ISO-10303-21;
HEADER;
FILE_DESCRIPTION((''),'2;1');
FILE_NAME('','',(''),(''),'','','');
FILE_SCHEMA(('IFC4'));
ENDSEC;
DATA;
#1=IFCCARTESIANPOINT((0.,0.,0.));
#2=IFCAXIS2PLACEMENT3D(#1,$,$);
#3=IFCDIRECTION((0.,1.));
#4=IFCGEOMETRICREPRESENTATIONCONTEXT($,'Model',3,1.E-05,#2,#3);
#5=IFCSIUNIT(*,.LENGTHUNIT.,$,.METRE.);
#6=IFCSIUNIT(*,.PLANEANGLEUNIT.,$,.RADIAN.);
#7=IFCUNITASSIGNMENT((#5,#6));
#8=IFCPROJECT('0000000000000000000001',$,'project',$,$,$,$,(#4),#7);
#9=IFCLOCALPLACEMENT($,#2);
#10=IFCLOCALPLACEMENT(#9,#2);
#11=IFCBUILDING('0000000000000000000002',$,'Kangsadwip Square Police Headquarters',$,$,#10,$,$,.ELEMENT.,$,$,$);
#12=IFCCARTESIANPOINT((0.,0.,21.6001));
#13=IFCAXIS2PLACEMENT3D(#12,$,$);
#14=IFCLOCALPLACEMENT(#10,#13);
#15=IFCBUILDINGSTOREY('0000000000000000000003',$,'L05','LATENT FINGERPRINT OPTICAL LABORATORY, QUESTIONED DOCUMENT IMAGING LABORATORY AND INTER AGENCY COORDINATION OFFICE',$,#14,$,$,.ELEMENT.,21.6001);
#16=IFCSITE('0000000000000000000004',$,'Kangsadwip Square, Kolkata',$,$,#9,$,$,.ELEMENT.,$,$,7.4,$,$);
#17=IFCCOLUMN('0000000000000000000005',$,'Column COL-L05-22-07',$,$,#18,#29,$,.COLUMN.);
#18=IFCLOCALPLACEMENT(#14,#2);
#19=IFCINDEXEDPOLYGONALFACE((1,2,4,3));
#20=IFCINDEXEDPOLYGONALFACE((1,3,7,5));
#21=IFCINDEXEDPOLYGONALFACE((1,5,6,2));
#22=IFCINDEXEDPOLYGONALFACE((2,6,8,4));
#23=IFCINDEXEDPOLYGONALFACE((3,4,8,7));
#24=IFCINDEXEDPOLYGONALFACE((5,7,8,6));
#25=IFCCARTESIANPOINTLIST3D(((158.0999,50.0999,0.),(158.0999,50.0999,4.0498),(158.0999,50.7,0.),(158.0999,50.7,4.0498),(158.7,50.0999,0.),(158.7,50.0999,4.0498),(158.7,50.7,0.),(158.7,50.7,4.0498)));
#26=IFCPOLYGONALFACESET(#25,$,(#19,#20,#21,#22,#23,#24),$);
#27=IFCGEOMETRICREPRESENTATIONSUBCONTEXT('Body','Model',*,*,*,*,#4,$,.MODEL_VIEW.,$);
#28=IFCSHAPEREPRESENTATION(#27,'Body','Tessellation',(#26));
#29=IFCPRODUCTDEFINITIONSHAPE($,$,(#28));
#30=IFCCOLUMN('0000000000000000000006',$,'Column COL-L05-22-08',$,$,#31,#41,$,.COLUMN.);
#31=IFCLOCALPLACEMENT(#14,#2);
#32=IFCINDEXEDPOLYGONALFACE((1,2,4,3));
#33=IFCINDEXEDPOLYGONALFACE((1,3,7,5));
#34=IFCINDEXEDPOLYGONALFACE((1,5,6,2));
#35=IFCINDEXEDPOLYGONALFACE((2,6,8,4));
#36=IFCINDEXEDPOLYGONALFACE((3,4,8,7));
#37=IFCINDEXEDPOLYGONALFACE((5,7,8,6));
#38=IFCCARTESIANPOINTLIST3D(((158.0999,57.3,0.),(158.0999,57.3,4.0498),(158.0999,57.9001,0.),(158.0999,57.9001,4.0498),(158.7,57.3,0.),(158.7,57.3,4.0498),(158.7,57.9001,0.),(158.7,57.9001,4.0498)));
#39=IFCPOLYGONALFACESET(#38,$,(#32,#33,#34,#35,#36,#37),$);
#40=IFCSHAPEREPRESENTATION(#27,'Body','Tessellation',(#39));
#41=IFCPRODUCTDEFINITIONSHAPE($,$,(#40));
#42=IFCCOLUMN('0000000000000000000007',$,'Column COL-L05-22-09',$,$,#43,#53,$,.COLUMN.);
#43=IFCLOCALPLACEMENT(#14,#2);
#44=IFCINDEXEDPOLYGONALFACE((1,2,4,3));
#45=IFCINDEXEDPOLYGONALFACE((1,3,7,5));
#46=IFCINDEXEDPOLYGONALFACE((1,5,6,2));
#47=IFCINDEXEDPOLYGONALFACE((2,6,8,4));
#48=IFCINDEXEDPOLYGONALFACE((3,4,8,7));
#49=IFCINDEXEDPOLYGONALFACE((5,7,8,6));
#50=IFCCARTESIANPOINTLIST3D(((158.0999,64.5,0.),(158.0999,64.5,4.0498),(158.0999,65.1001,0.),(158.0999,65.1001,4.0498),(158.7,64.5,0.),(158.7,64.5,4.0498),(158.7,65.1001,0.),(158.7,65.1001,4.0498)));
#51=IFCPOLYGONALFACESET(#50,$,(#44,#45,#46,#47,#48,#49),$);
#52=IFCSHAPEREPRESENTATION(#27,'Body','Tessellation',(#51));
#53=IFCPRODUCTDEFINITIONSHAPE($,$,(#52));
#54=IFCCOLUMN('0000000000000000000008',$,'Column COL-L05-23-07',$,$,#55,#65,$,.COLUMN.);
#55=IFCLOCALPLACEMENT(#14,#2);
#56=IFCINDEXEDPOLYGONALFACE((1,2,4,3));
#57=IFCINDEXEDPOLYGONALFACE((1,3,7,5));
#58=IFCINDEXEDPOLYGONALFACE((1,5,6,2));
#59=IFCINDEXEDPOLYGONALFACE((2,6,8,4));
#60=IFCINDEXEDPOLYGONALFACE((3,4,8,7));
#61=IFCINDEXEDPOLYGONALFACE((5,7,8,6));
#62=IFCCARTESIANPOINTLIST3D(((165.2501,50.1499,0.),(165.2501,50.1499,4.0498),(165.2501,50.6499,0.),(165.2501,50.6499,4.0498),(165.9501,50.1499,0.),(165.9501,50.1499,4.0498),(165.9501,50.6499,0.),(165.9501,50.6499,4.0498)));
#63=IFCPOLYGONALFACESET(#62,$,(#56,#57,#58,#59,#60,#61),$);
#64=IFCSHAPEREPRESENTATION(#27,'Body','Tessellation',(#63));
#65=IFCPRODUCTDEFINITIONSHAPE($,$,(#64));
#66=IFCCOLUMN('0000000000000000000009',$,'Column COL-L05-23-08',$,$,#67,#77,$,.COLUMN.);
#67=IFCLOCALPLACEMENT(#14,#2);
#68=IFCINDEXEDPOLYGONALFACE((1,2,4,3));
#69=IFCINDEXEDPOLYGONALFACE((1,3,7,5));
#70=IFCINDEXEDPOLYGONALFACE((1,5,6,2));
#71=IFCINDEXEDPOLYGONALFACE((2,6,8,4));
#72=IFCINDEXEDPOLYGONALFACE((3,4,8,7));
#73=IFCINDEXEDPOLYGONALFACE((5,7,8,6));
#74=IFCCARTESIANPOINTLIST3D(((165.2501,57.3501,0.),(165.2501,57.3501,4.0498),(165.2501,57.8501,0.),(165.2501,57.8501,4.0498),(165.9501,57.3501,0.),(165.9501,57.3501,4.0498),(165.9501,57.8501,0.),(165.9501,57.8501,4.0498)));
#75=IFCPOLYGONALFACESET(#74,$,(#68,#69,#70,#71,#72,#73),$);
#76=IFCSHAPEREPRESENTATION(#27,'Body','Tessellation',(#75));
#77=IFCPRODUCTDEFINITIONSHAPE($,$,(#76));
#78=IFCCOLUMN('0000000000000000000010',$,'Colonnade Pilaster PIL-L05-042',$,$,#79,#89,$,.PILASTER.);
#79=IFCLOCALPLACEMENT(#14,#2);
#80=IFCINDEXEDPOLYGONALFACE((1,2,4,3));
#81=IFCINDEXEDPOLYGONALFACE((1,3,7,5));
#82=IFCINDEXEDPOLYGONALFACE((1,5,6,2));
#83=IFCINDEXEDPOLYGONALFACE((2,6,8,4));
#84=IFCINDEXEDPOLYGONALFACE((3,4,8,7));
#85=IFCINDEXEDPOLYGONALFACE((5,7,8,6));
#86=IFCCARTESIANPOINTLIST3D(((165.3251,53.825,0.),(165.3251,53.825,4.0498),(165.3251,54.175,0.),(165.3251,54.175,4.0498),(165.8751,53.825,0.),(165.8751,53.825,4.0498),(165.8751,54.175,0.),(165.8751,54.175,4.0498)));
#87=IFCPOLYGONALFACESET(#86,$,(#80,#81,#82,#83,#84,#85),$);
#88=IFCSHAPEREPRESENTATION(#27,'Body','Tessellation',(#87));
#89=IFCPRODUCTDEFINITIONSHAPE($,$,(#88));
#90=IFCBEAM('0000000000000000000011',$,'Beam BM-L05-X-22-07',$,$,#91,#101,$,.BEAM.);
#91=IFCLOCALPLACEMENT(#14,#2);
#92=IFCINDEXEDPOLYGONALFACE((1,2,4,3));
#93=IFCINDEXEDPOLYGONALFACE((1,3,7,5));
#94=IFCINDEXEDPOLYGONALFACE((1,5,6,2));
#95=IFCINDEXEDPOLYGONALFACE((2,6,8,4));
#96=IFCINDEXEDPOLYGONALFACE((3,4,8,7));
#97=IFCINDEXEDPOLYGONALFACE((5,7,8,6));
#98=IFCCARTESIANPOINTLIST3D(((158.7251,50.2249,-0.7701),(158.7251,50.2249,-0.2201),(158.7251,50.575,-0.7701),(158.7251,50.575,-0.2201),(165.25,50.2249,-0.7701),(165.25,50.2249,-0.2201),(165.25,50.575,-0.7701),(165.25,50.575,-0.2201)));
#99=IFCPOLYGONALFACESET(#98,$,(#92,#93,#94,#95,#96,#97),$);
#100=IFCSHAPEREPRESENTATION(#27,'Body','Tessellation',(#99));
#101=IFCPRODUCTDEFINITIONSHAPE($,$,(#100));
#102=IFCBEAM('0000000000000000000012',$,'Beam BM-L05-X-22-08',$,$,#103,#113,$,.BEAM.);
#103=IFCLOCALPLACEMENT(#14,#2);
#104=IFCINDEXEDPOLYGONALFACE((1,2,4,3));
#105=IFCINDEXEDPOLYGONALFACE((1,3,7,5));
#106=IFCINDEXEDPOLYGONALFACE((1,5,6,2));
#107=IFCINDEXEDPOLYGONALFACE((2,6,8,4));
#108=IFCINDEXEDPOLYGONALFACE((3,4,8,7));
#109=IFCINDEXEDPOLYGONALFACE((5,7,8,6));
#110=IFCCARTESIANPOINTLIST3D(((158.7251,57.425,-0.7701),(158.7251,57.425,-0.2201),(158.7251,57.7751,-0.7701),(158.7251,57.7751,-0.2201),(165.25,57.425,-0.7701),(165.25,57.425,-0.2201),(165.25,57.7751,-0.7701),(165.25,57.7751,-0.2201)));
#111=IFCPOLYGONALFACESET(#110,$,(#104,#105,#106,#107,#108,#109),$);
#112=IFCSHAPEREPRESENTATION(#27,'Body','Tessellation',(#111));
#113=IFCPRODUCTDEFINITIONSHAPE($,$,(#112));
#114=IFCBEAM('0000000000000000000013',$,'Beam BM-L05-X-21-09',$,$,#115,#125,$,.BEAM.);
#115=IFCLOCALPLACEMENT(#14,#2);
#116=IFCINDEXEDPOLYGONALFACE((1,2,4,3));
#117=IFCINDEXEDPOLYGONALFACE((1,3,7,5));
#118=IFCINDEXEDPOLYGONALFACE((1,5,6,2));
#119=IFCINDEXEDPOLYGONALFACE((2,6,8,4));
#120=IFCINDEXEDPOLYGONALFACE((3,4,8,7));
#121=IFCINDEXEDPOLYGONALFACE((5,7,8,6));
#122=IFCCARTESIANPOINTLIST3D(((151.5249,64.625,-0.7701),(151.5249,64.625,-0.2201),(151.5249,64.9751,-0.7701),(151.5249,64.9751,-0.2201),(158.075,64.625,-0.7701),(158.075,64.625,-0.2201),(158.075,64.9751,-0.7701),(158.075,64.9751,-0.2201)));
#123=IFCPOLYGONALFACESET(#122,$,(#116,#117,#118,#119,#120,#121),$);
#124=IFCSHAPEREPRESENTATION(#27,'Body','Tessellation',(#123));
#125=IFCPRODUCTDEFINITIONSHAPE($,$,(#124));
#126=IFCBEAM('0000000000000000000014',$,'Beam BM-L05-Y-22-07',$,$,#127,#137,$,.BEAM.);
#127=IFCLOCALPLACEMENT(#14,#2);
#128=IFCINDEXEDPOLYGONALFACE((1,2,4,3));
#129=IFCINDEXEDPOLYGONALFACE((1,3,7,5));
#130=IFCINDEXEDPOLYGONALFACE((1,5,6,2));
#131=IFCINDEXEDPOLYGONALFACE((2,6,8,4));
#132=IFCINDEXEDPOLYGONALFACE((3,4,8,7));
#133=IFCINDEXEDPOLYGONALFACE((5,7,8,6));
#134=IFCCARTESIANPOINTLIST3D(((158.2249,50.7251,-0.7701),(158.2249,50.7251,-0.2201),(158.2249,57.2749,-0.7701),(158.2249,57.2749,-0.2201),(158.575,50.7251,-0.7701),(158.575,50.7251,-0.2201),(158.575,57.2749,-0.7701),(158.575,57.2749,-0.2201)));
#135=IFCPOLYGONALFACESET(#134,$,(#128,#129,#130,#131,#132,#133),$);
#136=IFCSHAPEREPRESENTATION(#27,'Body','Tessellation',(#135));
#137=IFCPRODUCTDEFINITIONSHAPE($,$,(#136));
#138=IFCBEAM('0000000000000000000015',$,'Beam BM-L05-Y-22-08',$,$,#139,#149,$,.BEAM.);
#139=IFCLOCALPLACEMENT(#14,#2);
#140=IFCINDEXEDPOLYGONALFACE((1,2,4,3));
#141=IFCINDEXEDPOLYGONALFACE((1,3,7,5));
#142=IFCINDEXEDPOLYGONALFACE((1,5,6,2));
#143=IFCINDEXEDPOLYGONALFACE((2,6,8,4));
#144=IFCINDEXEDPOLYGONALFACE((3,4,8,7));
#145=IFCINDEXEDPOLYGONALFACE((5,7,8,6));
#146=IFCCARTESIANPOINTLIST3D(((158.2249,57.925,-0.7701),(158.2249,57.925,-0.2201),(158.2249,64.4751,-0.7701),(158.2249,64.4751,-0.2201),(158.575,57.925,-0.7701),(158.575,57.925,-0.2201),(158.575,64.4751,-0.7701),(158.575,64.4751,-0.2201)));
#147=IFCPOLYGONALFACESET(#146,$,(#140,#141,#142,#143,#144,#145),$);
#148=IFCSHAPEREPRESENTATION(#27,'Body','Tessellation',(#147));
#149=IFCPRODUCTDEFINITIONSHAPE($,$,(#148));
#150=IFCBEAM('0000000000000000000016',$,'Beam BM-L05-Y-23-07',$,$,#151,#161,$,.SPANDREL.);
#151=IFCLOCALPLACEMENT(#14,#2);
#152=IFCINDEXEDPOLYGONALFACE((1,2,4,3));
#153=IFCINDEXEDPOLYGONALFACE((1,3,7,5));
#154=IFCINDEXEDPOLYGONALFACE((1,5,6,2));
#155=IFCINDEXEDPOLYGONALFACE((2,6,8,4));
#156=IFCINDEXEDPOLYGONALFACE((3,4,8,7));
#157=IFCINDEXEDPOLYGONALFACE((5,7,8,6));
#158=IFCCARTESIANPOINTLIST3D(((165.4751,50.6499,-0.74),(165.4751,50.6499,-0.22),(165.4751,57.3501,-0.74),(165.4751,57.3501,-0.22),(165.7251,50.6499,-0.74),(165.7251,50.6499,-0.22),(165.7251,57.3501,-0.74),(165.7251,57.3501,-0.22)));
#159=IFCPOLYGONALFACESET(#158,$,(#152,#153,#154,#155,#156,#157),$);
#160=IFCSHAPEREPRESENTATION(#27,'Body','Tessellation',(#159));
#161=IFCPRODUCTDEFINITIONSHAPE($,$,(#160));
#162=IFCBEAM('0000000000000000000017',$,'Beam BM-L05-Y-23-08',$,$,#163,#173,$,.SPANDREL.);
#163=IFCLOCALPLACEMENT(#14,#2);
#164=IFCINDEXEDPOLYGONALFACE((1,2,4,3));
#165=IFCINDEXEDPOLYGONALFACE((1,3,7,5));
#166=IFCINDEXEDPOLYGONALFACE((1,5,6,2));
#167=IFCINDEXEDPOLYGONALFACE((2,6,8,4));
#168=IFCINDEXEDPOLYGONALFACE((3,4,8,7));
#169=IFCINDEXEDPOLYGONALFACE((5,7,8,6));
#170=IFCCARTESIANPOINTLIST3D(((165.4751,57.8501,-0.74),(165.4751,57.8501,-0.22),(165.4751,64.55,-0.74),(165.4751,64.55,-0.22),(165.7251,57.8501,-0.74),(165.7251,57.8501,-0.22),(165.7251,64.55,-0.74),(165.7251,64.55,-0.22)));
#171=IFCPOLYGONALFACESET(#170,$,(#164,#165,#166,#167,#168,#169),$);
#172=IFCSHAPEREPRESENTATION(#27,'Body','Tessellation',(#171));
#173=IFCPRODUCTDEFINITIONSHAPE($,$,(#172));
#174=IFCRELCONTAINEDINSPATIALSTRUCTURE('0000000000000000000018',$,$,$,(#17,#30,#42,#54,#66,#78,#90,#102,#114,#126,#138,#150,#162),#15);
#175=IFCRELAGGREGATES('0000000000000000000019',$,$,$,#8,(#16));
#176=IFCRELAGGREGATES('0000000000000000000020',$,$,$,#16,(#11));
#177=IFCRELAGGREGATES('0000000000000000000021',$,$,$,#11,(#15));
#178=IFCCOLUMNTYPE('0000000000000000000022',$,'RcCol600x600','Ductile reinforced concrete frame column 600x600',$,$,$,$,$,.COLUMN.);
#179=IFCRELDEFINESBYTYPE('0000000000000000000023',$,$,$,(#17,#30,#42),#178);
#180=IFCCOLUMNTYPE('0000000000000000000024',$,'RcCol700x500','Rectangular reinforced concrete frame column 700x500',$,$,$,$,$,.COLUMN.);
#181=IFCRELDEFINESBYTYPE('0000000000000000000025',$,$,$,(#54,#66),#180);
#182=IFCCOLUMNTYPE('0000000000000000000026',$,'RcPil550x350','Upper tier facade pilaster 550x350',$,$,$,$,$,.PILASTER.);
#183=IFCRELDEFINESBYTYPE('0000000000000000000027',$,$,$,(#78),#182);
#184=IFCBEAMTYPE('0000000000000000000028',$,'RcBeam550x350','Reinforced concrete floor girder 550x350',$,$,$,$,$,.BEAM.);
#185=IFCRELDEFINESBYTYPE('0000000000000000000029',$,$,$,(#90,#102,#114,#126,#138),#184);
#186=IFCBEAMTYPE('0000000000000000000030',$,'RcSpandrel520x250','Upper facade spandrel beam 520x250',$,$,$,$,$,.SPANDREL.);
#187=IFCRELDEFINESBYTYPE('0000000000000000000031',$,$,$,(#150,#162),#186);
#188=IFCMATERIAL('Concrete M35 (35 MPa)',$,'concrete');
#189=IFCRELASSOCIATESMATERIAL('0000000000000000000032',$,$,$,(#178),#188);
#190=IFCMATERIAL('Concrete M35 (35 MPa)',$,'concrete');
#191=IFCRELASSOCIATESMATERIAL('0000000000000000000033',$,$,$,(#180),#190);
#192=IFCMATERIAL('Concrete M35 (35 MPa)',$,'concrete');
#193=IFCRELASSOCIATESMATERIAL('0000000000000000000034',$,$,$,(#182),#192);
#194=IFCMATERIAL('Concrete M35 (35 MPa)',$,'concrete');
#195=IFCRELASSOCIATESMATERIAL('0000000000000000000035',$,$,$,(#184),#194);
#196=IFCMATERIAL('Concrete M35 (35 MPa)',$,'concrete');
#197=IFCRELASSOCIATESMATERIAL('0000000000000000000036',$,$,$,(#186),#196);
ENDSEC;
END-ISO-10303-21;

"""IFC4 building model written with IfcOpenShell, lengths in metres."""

from ifc_helpers import new_model, si_unit, direction, frame, origin, origin_2d, place, context, subcontext, project, spatial, rectangle, extrude, material, material_profile, profile_set, type_object, element, save


model = new_model("IFC4")

# Units and contexts
model_context = context("Model", 3, precision=1e-05, world=origin(), true_north=direction((0.0, 1.0)))
body_context = subcontext(model_context, "Body", "Model", "MODEL_VIEW")
ifc_project = project(units=[si_unit("LENGTHUNIT", "METRE"), si_unit("PLANEANGLEUNIT", "RADIAN")], contexts=[model_context])

# Site, building, storey
site_placement = place(None, origin())
site = spatial("IfcSite", under=ifc_project, at=site_placement, Name="Kangsadwip Square, Kolkata", CompositionType="ELEMENT", RefElevation=7.4)
building_placement = place(site_placement, origin())
building = spatial("IfcBuilding", under=site, at=building_placement, Name="Kangsadwip Square Police Headquarters", CompositionType="ELEMENT")
storey_placement = place(building_placement, frame((0.0, 0.0, 21.6001)))
storey = spatial("IfcBuildingStorey", under=building, at=storey_placement, Name="L05", Description="LATENT FINGERPRINT OPTICAL LABORATORY, QUESTIONED DOCUMENT IMAGING LABORATORY AND INTER AGENCY COORDINATION OFFICE", CompositionType="ELEMENT", Elevation=21.6001)

# Columns
ifc_material_1 = material(Name="Concrete M35 (35 MPa)", Category="concrete")
ifc_material_profile_1 = material_profile(ifc_material_1, rectangle(XDim=0.6001, YDim=0.6001, at=origin_2d()), Name="RC COL 600X600")
ifc_profile_set_1 = profile_set([ifc_material_profile_1], Name="Concrete M35 (35 MPa)")
column_type_1 = type_object("IfcColumnType", Name="RcCol600x600", Description="Ductile reinforced concrete frame column 600x600", PredefinedType="COLUMN", material=ifc_profile_set_1)
for number, where, z_axis, x_axis, name in (
    (1, (158.3999, 50.3999, 0.0), (0.0, 0.0, 1.0), (1.0, 0.0, 0.0), "Column COL-L05-22-07"),
    (2, (158.3999, 57.6001, 0.0), (0.0, 0.0, 1.0), (1.0, 0.0, 0.0), "Column COL-L05-22-08"),
    (3, (158.3999, 64.8, 0.0), (0.0, 0.0, 1.0), (1.0, 0.0, 0.0), "Column COL-L05-22-09"),
):
    element("IfcColumn", number, at=place(storey_placement, frame(where, z_axis=z_axis, x_axis=x_axis)), inside=storey, type_object=column_type_1, Name=name, PredefinedType="COLUMN", context=body_context, shape_type="SweptSolid", body=[
        extrude(rectangle(XDim=0.6001, YDim=0.6001, at=origin_2d()), origin(), (0.0, 0.0, 1.0), 4.0498),
    ])
ifc_material_2 = material(Name="Concrete M35 (35 MPa)", Category="concrete")
ifc_material_profile_2 = material_profile(ifc_material_2, rectangle(XDim=0.5, YDim=0.7, at=origin_2d()), Name="RC COL 700X500")
ifc_profile_set_2 = profile_set([ifc_material_profile_2], Name="Concrete M35 (35 MPa)")
column_type_2 = type_object("IfcColumnType", Name="RcCol700x500", Description="Rectangular reinforced concrete frame column 700x500", PredefinedType="COLUMN", material=ifc_profile_set_2)
for number, where, z_axis, x_axis, name in (
    (4, (165.6001, 50.3999, 0.0), (0.0, 0.0, 1.0), (0.0, 1.0, 0.0), "Column COL-L05-23-07"),
    (5, (165.6001, 57.6001, 0.0), (0.0, 0.0, 1.0), (0.0, 1.0, 0.0), "Column COL-L05-23-08"),
):
    element("IfcColumn", number, at=place(storey_placement, frame(where, z_axis=z_axis, x_axis=x_axis)), inside=storey, type_object=column_type_2, Name=name, PredefinedType="COLUMN", context=body_context, shape_type="SweptSolid", body=[
        extrude(rectangle(XDim=0.5, YDim=0.7, at=origin_2d()), origin(), (0.0, 0.0, 1.0), 4.0498),
    ])
ifc_material_3 = material(Name="Concrete M35 (35 MPa)", Category="concrete")
ifc_material_profile_3 = material_profile(ifc_material_3, rectangle(XDim=0.3501, YDim=0.55, at=origin_2d()), Name="RC PIL 550X350")
ifc_profile_set_3 = profile_set([ifc_material_profile_3], Name="Concrete M35 (35 MPa)")
column_type_3 = type_object("IfcColumnType", Name="RcPil550x350", Description="Upper tier facade pilaster 550x350", PredefinedType="PILASTER", material=ifc_profile_set_3)
column_placement = place(storey_placement, frame((165.6001, 54.0, 0.0), z_axis=(0.0, 0.0, 1.0), x_axis=(0.0, 1.0, 0.0)))
element("IfcColumn", 6, at=column_placement, inside=storey, type_object=column_type_3, Name="Colonnade Pilaster PIL-L05-042", PredefinedType="PILASTER", context=body_context, shape_type="SweptSolid", body=[
    extrude(rectangle(XDim=0.3501, YDim=0.55, at=origin_2d()), origin(), (0.0, 0.0, 1.0), 4.0498),
])

# Beams
ifc_material_4 = material(Name="Concrete M35 (35 MPa)", Category="concrete")
ifc_material_profile_4 = material_profile(ifc_material_4, rectangle(XDim=0.3501, YDim=0.55, at=origin_2d()), Name="RC BM 550X350")
ifc_profile_set_4 = profile_set([ifc_material_profile_4], Name="Concrete M35 (35 MPa)")
beam_type_1 = type_object("IfcBeamType", Name="RcBeam550x350", Description="Reinforced concrete floor girder 550x350", PredefinedType="BEAM", material=ifc_profile_set_4)
for number, where, z_axis, x_axis, name in (
    (7, (158.7251, 50.3999, -0.4951), (1.0, 0.0, 0.0), (0.0, 1.0, 0.0), "Beam BM-L05-X-22-07"),
    (8, (158.7251, 57.6001, -0.4951), (1.0, 0.0, 0.0), (0.0, 1.0, 0.0), "Beam BM-L05-X-22-08"),
):
    element("IfcBeam", number, at=place(storey_placement, frame(where, z_axis=z_axis, x_axis=x_axis)), inside=storey, type_object=beam_type_1, Name=name, PredefinedType="BEAM", context=body_context, shape_type="SweptSolid", body=[
        extrude(rectangle(XDim=0.3501, YDim=0.55, at=origin_2d()), origin(), (0.0, 0.0, 1.0), 6.5249),
    ])
beam_1_placement = place(storey_placement, frame((151.5249, 64.8, -0.4951), z_axis=(1.0, 0.0, 0.0), x_axis=(0.0, 1.0, 0.0)))
element("IfcBeam", 9, at=beam_1_placement, inside=storey, type_object=beam_type_1, Name="Beam BM-L05-X-21-09", PredefinedType="BEAM", context=body_context, shape_type="SweptSolid", body=[
    extrude(rectangle(XDim=0.3501, YDim=0.55, at=origin_2d()), origin(), (0.0, 0.0, 1.0), 6.55),
])
beam_2_placement = place(storey_placement, frame((158.3999, 50.7251, -0.4951), z_axis=(0.0, 1.0, 0.0), x_axis=(-1.0, 0.0, 0.0)))
element("IfcBeam", 10, at=beam_2_placement, inside=storey, type_object=beam_type_1, Name="Beam BM-L05-Y-22-07", PredefinedType="BEAM", context=body_context, shape_type="SweptSolid", body=[
    extrude(rectangle(XDim=0.3501, YDim=0.55, at=origin_2d()), origin(), (0.0, 0.0, 1.0), 6.5498),
])
beam_3_placement = place(storey_placement, frame((158.3999, 57.925, -0.4951), z_axis=(0.0, 1.0, 0.0), x_axis=(-1.0, 0.0, 0.0)))
element("IfcBeam", 11, at=beam_3_placement, inside=storey, type_object=beam_type_1, Name="Beam BM-L05-Y-22-08", PredefinedType="BEAM", context=body_context, shape_type="SweptSolid", body=[
    extrude(rectangle(XDim=0.3501, YDim=0.55, at=origin_2d()), origin(), (0.0, 0.0, 1.0), 6.55),
])
ifc_material_5 = material(Name="Concrete M35 (35 MPa)", Category="concrete")
ifc_material_profile_5 = material_profile(ifc_material_5, rectangle(XDim=0.25, YDim=0.52, at=origin_2d()), Name="RC SPN 520X250")
ifc_profile_set_5 = profile_set([ifc_material_profile_5], Name="Concrete M35 (35 MPa)")
beam_type_2 = type_object("IfcBeamType", Name="RcSpandrel520x250", Description="Upper facade spandrel beam 520x250", PredefinedType="SPANDREL", material=ifc_profile_set_5)
beam_4_placement = place(storey_placement, frame((165.6001, 50.6499, -0.48), z_axis=(0.0, 1.0, 0.0), x_axis=(-1.0, 0.0, 0.0)))
element("IfcBeam", 12, at=beam_4_placement, inside=storey, type_object=beam_type_2, Name="Beam BM-L05-Y-23-07", PredefinedType="SPANDREL", context=body_context, shape_type="SweptSolid", body=[
    extrude(rectangle(XDim=0.25, YDim=0.52, at=origin_2d()), origin(), (0.0, 0.0, 1.0), 6.7002),
])
beam_5_placement = place(storey_placement, frame((165.6001, 57.8501, -0.48), z_axis=(0.0, 1.0, 0.0), x_axis=(-1.0, 0.0, 0.0)))
element("IfcBeam", 13, at=beam_5_placement, inside=storey, type_object=beam_type_2, Name="Beam BM-L05-Y-23-08", PredefinedType="SPANDREL", context=body_context, shape_type="SweptSolid", body=[
    extrude(rectangle(XDim=0.25, YDim=0.52, at=origin_2d()), origin(), (0.0, 0.0, 1.0), 6.7),
])

save(model, "model.ifc")
